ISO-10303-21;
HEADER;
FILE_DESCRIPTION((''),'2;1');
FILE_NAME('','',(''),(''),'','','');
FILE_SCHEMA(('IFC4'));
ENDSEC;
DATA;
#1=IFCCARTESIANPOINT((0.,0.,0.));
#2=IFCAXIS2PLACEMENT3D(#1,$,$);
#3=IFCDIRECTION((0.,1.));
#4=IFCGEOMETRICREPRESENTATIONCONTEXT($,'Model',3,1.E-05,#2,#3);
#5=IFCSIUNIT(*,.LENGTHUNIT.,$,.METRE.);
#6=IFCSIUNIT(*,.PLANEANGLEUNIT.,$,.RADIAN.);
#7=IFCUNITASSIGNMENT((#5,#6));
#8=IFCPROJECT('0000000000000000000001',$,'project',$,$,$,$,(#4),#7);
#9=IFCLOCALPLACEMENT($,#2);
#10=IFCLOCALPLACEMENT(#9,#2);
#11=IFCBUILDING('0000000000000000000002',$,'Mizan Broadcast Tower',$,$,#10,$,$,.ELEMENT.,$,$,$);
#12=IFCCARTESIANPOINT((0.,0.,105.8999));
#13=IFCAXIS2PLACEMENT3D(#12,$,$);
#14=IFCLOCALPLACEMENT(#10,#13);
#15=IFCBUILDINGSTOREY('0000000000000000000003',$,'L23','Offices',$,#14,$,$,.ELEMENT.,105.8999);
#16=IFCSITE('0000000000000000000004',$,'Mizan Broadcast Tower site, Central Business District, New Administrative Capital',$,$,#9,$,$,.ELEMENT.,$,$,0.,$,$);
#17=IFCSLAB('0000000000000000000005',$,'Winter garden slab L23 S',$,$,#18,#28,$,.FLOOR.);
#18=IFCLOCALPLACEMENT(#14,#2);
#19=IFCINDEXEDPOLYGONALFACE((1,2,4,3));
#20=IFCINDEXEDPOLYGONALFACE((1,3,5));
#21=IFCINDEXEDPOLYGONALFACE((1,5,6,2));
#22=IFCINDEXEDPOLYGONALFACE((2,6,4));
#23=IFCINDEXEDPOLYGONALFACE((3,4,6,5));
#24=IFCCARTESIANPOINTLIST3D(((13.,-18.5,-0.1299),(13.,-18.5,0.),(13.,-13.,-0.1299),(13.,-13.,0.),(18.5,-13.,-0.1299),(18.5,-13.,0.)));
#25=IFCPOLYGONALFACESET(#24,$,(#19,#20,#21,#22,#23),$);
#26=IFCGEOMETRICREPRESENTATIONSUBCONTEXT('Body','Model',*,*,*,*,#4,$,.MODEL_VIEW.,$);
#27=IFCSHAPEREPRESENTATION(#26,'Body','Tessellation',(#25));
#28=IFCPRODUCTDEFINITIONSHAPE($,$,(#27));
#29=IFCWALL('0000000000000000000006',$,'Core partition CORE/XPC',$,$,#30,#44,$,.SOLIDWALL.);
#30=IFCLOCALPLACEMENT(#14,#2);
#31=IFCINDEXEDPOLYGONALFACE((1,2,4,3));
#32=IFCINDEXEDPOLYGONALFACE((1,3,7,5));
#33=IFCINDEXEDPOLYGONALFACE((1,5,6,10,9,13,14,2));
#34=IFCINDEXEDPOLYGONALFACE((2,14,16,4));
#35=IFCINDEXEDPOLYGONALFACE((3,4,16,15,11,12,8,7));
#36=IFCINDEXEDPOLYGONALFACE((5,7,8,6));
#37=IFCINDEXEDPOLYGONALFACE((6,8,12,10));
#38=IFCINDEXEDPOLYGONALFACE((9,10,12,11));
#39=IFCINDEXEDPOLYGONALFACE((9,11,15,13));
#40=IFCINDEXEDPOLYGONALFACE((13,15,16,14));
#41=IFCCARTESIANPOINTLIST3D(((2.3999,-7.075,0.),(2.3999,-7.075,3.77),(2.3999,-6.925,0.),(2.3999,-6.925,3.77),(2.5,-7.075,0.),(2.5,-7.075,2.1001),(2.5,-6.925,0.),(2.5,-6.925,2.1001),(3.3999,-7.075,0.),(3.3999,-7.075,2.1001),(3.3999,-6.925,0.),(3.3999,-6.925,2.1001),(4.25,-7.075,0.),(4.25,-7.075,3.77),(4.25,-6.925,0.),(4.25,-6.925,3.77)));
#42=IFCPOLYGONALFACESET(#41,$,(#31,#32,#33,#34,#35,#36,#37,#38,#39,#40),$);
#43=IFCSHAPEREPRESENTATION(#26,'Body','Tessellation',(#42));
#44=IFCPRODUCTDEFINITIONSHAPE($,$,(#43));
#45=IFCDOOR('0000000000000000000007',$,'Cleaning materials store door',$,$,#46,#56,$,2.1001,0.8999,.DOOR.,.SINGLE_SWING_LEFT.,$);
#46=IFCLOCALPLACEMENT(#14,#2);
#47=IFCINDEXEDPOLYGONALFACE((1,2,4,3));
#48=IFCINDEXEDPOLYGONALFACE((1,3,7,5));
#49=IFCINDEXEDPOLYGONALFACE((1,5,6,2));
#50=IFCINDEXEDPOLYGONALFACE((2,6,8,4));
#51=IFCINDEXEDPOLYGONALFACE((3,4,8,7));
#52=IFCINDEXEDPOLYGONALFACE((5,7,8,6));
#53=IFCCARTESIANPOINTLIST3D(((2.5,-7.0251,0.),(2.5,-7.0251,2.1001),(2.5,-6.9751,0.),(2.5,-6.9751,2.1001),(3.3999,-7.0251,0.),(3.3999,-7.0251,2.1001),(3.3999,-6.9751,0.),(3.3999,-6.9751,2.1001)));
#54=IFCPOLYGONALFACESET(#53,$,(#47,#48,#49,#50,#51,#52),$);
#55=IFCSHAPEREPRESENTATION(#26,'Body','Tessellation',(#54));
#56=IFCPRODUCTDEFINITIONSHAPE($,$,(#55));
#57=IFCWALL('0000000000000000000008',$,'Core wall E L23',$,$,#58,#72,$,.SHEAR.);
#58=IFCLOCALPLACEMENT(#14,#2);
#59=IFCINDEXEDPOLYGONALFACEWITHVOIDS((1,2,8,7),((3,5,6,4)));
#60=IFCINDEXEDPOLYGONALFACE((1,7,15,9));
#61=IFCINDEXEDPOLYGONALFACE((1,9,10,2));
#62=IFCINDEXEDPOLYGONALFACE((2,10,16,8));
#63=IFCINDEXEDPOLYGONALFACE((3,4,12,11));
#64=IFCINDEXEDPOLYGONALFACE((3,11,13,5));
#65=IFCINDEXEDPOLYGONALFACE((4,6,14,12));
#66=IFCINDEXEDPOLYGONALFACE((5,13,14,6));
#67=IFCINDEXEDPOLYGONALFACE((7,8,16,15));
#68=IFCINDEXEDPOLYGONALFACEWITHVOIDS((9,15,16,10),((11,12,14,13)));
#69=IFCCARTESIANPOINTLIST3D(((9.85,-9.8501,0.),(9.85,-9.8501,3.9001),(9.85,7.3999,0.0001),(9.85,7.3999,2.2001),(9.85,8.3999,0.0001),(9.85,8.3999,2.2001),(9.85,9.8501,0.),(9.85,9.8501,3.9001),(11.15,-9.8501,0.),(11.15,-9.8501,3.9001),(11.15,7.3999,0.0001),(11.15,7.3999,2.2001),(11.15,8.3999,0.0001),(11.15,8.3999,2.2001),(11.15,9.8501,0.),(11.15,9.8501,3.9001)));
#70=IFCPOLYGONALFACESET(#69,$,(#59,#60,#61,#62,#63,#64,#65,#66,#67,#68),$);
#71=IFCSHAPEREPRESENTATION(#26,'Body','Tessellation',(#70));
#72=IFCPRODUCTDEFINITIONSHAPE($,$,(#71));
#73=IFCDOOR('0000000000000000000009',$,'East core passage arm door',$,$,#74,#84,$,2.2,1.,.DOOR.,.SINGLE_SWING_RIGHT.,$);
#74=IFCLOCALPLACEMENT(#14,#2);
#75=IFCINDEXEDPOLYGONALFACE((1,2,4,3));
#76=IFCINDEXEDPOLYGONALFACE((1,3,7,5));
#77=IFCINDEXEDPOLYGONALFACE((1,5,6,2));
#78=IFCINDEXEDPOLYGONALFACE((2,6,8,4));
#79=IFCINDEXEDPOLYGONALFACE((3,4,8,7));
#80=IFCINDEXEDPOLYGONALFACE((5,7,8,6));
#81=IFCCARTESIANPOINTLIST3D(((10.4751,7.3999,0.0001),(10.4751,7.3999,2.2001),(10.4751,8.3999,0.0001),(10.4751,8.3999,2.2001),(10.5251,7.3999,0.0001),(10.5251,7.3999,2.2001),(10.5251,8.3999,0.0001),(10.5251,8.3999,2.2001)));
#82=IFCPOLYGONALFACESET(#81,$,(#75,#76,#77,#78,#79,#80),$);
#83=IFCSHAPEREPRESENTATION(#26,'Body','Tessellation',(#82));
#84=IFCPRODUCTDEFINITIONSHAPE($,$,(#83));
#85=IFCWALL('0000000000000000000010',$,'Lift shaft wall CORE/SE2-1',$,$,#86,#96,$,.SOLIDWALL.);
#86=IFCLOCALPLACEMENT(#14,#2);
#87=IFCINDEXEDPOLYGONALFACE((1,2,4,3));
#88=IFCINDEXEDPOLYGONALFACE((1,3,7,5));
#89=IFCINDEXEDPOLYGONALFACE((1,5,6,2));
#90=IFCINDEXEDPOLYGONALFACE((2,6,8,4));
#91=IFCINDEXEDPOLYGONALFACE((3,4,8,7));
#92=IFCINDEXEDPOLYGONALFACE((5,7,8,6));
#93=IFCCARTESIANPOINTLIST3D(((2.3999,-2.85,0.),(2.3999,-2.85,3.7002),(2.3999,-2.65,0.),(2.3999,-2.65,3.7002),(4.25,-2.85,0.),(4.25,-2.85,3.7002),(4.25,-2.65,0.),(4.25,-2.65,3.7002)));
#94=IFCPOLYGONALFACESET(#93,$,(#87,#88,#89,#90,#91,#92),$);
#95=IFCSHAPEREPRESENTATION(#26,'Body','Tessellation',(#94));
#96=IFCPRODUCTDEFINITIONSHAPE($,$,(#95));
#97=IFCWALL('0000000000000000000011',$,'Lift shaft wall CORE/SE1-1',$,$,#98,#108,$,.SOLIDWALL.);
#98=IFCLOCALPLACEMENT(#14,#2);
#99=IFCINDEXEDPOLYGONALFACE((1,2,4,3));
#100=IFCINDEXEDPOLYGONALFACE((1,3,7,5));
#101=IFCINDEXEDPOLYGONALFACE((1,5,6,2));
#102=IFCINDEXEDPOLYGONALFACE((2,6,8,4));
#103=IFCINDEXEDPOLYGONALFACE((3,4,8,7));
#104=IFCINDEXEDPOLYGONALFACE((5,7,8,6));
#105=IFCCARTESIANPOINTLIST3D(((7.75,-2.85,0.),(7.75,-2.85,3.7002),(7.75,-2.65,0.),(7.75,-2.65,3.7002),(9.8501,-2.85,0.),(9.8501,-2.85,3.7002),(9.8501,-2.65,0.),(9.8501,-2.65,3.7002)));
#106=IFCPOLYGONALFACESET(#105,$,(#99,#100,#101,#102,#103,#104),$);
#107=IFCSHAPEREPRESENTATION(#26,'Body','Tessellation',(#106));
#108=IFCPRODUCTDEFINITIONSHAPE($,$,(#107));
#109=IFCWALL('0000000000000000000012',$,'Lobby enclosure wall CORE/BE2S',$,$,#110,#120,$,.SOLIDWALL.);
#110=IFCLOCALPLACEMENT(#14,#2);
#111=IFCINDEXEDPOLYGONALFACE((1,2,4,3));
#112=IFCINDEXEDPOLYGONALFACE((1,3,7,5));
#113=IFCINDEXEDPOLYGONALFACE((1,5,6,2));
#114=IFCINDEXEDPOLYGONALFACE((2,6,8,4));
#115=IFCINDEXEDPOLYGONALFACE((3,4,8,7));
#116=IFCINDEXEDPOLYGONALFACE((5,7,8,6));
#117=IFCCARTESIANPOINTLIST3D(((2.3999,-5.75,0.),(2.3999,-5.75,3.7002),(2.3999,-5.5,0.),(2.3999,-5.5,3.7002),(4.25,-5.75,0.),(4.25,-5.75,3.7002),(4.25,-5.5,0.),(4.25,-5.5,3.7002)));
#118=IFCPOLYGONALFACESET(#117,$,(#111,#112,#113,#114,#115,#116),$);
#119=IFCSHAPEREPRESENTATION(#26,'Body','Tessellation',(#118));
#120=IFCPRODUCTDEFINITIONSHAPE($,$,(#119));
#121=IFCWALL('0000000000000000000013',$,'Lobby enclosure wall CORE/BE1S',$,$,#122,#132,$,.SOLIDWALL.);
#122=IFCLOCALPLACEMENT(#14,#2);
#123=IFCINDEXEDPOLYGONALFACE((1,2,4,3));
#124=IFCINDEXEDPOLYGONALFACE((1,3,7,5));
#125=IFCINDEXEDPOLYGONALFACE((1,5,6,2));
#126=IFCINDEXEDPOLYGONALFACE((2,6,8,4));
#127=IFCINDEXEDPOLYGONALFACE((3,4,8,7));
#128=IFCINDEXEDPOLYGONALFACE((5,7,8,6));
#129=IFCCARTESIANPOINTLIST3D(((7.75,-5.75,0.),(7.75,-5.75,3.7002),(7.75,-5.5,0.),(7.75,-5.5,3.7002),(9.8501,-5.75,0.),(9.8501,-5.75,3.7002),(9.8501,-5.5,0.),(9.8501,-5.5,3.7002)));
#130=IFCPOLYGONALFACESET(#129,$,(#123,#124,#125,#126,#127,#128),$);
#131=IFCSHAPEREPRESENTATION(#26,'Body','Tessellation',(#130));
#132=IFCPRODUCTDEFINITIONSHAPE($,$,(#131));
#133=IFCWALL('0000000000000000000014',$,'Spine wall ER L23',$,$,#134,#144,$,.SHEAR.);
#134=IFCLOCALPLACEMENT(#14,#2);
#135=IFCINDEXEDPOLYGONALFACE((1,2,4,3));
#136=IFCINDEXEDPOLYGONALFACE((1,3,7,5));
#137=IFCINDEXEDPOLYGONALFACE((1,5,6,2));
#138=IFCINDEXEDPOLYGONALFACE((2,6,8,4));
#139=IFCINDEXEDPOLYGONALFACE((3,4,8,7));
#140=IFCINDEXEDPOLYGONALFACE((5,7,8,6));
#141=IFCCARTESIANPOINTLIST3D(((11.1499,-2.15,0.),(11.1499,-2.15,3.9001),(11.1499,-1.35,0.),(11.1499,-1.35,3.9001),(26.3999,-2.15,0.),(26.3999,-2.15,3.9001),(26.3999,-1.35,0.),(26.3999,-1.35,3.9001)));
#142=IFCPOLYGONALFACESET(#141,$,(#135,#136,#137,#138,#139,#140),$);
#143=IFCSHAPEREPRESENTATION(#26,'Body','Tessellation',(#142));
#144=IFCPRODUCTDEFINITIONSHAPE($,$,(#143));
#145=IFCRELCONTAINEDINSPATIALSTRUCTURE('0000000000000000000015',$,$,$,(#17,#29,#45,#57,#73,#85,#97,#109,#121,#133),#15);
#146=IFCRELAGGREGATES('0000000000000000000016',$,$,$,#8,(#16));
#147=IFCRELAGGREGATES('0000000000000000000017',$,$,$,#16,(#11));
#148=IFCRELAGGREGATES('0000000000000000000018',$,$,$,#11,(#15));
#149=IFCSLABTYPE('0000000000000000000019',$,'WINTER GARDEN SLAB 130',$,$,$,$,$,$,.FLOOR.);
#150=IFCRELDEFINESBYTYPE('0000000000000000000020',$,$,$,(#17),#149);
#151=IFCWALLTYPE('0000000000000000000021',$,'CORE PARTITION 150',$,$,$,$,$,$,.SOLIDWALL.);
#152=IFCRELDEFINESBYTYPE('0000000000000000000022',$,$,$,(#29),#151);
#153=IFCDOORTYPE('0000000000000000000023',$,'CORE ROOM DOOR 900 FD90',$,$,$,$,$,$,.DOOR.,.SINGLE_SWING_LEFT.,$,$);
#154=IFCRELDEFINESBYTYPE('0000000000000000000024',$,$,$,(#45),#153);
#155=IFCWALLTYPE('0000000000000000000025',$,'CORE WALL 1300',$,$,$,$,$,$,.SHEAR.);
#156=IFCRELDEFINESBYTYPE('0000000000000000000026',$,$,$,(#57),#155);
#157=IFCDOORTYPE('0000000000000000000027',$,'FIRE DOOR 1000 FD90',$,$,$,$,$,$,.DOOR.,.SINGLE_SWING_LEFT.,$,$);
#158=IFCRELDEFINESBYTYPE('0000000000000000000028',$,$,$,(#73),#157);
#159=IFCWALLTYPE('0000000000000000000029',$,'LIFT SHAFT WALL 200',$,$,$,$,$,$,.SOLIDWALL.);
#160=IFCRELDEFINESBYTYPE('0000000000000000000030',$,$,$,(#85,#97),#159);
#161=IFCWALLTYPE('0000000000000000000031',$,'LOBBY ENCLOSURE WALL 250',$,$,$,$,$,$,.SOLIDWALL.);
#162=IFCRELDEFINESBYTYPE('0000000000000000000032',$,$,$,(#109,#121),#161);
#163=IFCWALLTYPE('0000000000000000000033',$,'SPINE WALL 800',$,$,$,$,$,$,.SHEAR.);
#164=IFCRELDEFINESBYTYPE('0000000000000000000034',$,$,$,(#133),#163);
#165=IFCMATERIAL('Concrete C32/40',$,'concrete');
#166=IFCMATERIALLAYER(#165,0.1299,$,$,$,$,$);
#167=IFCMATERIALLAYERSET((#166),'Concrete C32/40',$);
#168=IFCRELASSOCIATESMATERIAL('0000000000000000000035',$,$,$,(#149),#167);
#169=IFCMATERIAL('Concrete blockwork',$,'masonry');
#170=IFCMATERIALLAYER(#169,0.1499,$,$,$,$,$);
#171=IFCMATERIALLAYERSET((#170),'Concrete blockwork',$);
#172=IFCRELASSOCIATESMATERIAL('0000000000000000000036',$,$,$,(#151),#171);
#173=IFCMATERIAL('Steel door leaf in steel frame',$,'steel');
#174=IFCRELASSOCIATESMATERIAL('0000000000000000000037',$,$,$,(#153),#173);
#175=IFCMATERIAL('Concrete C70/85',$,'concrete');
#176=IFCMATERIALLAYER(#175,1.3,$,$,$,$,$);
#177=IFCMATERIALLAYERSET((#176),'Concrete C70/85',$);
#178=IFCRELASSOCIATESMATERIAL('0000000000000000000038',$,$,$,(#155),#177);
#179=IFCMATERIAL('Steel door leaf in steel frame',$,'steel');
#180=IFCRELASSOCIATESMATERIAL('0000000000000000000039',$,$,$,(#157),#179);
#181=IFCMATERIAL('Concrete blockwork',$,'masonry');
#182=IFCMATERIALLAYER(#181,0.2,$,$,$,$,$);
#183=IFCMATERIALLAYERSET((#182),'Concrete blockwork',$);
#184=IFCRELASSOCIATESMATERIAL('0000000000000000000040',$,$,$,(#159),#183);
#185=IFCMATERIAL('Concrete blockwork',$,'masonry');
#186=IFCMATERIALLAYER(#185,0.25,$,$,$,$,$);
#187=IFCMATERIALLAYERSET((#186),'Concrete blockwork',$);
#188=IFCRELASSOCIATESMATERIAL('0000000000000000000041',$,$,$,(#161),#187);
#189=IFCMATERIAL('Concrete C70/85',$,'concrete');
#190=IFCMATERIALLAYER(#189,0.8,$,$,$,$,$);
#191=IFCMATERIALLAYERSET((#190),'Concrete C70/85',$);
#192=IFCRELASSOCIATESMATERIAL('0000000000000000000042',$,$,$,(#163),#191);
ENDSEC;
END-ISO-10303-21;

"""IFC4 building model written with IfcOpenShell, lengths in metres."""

from ifc_helpers import new_model, si_unit, direction, frame, frame_2d, origin, place, context, subcontext, project, spatial, polyline, rectangle, outline, extrude, material, layer, layer_set, type_object, element, fill, save


model = new_model("IFC4")

# Units and contexts
model_context = context("Model", 3, precision=1e-05, world=origin(), true_north=direction((0.0, 1.0)))
body_context = subcontext(model_context, "Body", "Model", "MODEL_VIEW")
ifc_project = project(units=[si_unit("LENGTHUNIT", "METRE"), si_unit("PLANEANGLEUNIT", "RADIAN")], contexts=[model_context])

# Site, building, storey
site_placement = place(None, origin())
site = spatial("IfcSite", under=ifc_project, at=site_placement, Name="Mizan Broadcast Tower site, Central Business District, New Administrative Capital", CompositionType="ELEMENT", RefElevation=0.0)
building_placement = place(site_placement, origin())
building = spatial("IfcBuilding", under=site, at=building_placement, Name="Mizan Broadcast Tower", CompositionType="ELEMENT")
storey_placement = place(building_placement, frame((0.0, 0.0, 105.8999)))
storey = spatial("IfcBuildingStorey", under=building, at=storey_placement, Name="L23", Description="Offices", CompositionType="ELEMENT", Elevation=105.8999)

# Slab
ifc_material_1 = material(Name="Concrete C32/40", Category="concrete")
ifc_layer_1 = layer(ifc_material_1, 0.1299)
ifc_layer_set_1 = layer_set([ifc_layer_1], Name="Concrete C32/40")
slab_type_1 = type_object("IfcSlabType", Name="WINTER GARDEN SLAB 130", PredefinedType="FLOOR", material=ifc_layer_set_1)
slab_1_placement = place(storey_placement, frame((0.0, 0.0, -0.1299)))
element("IfcSlab", 1, at=slab_1_placement, inside=storey, type_object=slab_type_1, Name="Winter garden slab L23 S", PredefinedType="FLOOR", context=body_context, shape_type="SweptSolid", body=[
    extrude(outline(polyline([(13.0, -13.0), (13.0, -18.5), (18.5, -13.0), (13.0, -13.0)])), origin(), (0.0, 0.0, 1.0), 0.1299),
])

# Walls, openings, doors
ifc_material_2 = material(Name="Concrete blockwork", Category="masonry")
ifc_layer_2 = layer(ifc_material_2, 0.1499)
ifc_layer_set_2 = layer_set([ifc_layer_2], Name="Concrete blockwork")
wall_type_1 = type_object("IfcWallType", Name="CORE PARTITION 150", PredefinedType="SOLIDWALL", material=ifc_layer_set_2)
wall_1_placement = place(storey_placement, frame((2.3999, -7.0, 0.0), z_axis=(0.0, 0.0, 1.0), x_axis=(1.0, 0.0, 0.0)))
wall_1 = element("IfcWall", 2, at=wall_1_placement, inside=storey, type_object=wall_type_1, Name="Core partition CORE/XPC", PredefinedType="SOLIDWALL", context=body_context, shape_type="SweptSolid", body=[
    extrude(rectangle(XDim=1.8501, YDim=0.1499, at=frame_2d((0.925, 0.0))), origin(), (0.0, 0.0, 1.0), 3.77),
])
opening_1_placement = place(wall_1_placement, frame((0.1001, 0.0, 0.0)))
opening_1 = element("IfcOpeningElement", 3, at=opening_1_placement, cuts=wall_1, PredefinedType="OPENING", context=body_context, shape_type="SweptSolid", body=[
    extrude(rectangle(XDim=0.8999, YDim=2.1001, at=frame_2d((0.45, 1.05))), frame((0.0, 0.085, 0.0), z_axis=(0.0, -1.0, 0.0), x_axis=(1.0, 0.0, 0.0)), (0.0, 0.0, 1.0), 0.1699),
])
ifc_material_3 = material(Name="Steel door leaf in steel frame", Category="steel")
door_type_1 = type_object("IfcDoorType", Name="CORE ROOM DOOR 900 FD90", OperationType="SINGLE_SWING_LEFT", PredefinedType="DOOR", material=ifc_material_3)
door_1_placement = place(opening_1_placement, origin())
door_1 = element("IfcDoor", 4, at=door_1_placement, inside=storey, type_object=door_type_1, Name="Cleaning materials store door", OperationType="SINGLE_SWING_LEFT", OverallHeight=2.1001, OverallWidth=0.8999, PredefinedType="DOOR", context=body_context, shape_type="SweptSolid", body=[
    extrude(rectangle(XDim=0.8999, YDim=2.1001, at=frame_2d((0.45, 1.05))), frame((0.0, 0.0249, 0.0), z_axis=(0.0, -1.0, 0.0), x_axis=(1.0, 0.0, 0.0)), (0.0, 0.0, 1.0), 0.05),
])
fill(opening_1, door_1)
ifc_material_4 = material(Name="Concrete C70/85", Category="concrete")
ifc_layer_3 = layer(ifc_material_4, 1.3)
ifc_layer_set_3 = layer_set([ifc_layer_3], Name="Concrete C70/85")
wall_type_2 = type_object("IfcWallType", Name="CORE WALL 1300", PredefinedType="SHEAR", material=ifc_layer_set_3)
wall_2_placement = place(storey_placement, frame((10.5, -9.8501, 0.0), z_axis=(0.0, 0.0, 1.0), x_axis=(0.0, 1.0, 0.0)))
wall_2 = element("IfcWall", 5, at=wall_2_placement, inside=storey, type_object=wall_type_2, Name="Core wall E L23", PredefinedType="SHEAR", context=body_context, shape_type="SweptSolid", body=[
    extrude(rectangle(XDim=19.7002, YDim=1.3, at=frame_2d((9.8501, 0.0))), origin(), (0.0, 0.0, 1.0), 3.9001),
])
opening_2_placement = place(wall_2_placement, frame((17.25, 0.0, 0.0)))
opening_2 = element("IfcOpeningElement", 6, at=opening_2_placement, cuts=wall_2, PredefinedType="OPENING", context=body_context, shape_type="SweptSolid", body=[
    extrude(rectangle(XDim=1.0, YDim=2.2, at=frame_2d((0.5, 1.1001))), frame((0.0, 0.6599, 0.0), z_axis=(0.0, -1.0, 0.0), x_axis=(1.0, 0.0, 0.0)), (0.0, 0.0, 1.0), 1.3201),
])
ifc_material_5 = material(Name="Steel door leaf in steel frame", Category="steel")
door_type_2 = type_object("IfcDoorType", Name="FIRE DOOR 1000 FD90", OperationType="SINGLE_SWING_LEFT", PredefinedType="DOOR", material=ifc_material_5)
door_2_placement = place(opening_2_placement, origin())
door_2 = element("IfcDoor", 7, at=door_2_placement, inside=storey, type_object=door_type_2, Name="East core passage arm door", OperationType="SINGLE_SWING_RIGHT", OverallHeight=2.2, OverallWidth=1.0, PredefinedType="DOOR", context=body_context, shape_type="SweptSolid", body=[
    extrude(rectangle(XDim=1.0, YDim=2.2, at=frame_2d((0.5, 1.1001))), frame((0.0, 0.0249, 0.0), z_axis=(0.0, -1.0, 0.0), x_axis=(1.0, 0.0, 0.0)), (0.0, 0.0, 1.0), 0.05),
])
fill(opening_2, door_2)

# Walls
ifc_material_6 = material(Name="Concrete blockwork", Category="masonry")
ifc_layer_4 = layer(ifc_material_6, 0.2)
ifc_layer_set_4 = layer_set([ifc_layer_4], Name="Concrete blockwork")
wall_type_3 = type_object("IfcWallType", Name="LIFT SHAFT WALL 200", PredefinedType="SOLIDWALL", material=ifc_layer_set_4)
wall_3_placement = place(storey_placement, frame((2.3999, -2.75, 0.0), z_axis=(0.0, 0.0, 1.0), x_axis=(1.0, 0.0, 0.0)))
element("IfcWall", 8, at=wall_3_placement, inside=storey, type_object=wall_type_3, Name="Lift shaft wall CORE/SE2-1", PredefinedType="SOLIDWALL", context=body_context, shape_type="SweptSolid", body=[
    extrude(rectangle(XDim=1.8501, YDim=0.2, at=frame_2d((0.925, 0.0))), origin(), (0.0, 0.0, 1.0), 3.7002),
])
wall_4_placement = place(storey_placement, frame((7.75, -2.75, 0.0), z_axis=(0.0, 0.0, 1.0), x_axis=(1.0, 0.0, 0.0)))
element("IfcWall", 9, at=wall_4_placement, inside=storey, type_object=wall_type_3, Name="Lift shaft wall CORE/SE1-1", PredefinedType="SOLIDWALL", context=body_context, shape_type="SweptSolid", body=[
    extrude(rectangle(XDim=2.1001, YDim=0.2, at=frame_2d((1.05, 0.0))), origin(), (0.0, 0.0, 1.0), 3.7002),
])
ifc_material_7 = material(Name="Concrete blockwork", Category="masonry")
ifc_layer_5 = layer(ifc_material_7, 0.25)
ifc_layer_set_5 = layer_set([ifc_layer_5], Name="Concrete blockwork")
wall_type_4 = type_object("IfcWallType", Name="LOBBY ENCLOSURE WALL 250", PredefinedType="SOLIDWALL", material=ifc_layer_set_5)
wall_5_placement = place(storey_placement, frame((2.3999, -5.625, 0.0), z_axis=(0.0, 0.0, 1.0), x_axis=(1.0, 0.0, 0.0)))
element("IfcWall", 10, at=wall_5_placement, inside=storey, type_object=wall_type_4, Name="Lobby enclosure wall CORE/BE2S", PredefinedType="SOLIDWALL", context=body_context, shape_type="SweptSolid", body=[
    extrude(rectangle(XDim=1.8501, YDim=0.25, at=frame_2d((0.925, 0.0))), origin(), (0.0, 0.0, 1.0), 3.7002),
])
wall_6_placement = place(storey_placement, frame((7.75, -5.625, 0.0), z_axis=(0.0, 0.0, 1.0), x_axis=(1.0, 0.0, 0.0)))
element("IfcWall", 11, at=wall_6_placement, inside=storey, type_object=wall_type_4, Name="Lobby enclosure wall CORE/BE1S", PredefinedType="SOLIDWALL", context=body_context, shape_type="SweptSolid", body=[
    extrude(rectangle(XDim=2.1001, YDim=0.25, at=frame_2d((1.05, 0.0))), origin(), (0.0, 0.0, 1.0), 3.7002),
])
ifc_material_8 = material(Name="Concrete C70/85", Category="concrete")
ifc_layer_6 = layer(ifc_material_8, 0.8)
ifc_layer_set_6 = layer_set([ifc_layer_6], Name="Concrete C70/85")
wall_type_5 = type_object("IfcWallType", Name="SPINE WALL 800", PredefinedType="SHEAR", material=ifc_layer_set_6)
wall_7_placement = place(storey_placement, frame((11.1499, -1.75, 0.0), z_axis=(0.0, 0.0, 1.0), x_axis=(1.0, 0.0, 0.0)))
element("IfcWall", 12, at=wall_7_placement, inside=storey, type_object=wall_type_5, Name="Spine wall ER L23", PredefinedType="SHEAR", context=body_context, shape_type="SweptSolid", body=[
    extrude(rectangle(XDim=15.25, YDim=0.8, at=frame_2d((7.625, 0.0))), origin(), (0.0, 0.0, 1.0), 3.9001),
])

save(model, "model.ifc")
